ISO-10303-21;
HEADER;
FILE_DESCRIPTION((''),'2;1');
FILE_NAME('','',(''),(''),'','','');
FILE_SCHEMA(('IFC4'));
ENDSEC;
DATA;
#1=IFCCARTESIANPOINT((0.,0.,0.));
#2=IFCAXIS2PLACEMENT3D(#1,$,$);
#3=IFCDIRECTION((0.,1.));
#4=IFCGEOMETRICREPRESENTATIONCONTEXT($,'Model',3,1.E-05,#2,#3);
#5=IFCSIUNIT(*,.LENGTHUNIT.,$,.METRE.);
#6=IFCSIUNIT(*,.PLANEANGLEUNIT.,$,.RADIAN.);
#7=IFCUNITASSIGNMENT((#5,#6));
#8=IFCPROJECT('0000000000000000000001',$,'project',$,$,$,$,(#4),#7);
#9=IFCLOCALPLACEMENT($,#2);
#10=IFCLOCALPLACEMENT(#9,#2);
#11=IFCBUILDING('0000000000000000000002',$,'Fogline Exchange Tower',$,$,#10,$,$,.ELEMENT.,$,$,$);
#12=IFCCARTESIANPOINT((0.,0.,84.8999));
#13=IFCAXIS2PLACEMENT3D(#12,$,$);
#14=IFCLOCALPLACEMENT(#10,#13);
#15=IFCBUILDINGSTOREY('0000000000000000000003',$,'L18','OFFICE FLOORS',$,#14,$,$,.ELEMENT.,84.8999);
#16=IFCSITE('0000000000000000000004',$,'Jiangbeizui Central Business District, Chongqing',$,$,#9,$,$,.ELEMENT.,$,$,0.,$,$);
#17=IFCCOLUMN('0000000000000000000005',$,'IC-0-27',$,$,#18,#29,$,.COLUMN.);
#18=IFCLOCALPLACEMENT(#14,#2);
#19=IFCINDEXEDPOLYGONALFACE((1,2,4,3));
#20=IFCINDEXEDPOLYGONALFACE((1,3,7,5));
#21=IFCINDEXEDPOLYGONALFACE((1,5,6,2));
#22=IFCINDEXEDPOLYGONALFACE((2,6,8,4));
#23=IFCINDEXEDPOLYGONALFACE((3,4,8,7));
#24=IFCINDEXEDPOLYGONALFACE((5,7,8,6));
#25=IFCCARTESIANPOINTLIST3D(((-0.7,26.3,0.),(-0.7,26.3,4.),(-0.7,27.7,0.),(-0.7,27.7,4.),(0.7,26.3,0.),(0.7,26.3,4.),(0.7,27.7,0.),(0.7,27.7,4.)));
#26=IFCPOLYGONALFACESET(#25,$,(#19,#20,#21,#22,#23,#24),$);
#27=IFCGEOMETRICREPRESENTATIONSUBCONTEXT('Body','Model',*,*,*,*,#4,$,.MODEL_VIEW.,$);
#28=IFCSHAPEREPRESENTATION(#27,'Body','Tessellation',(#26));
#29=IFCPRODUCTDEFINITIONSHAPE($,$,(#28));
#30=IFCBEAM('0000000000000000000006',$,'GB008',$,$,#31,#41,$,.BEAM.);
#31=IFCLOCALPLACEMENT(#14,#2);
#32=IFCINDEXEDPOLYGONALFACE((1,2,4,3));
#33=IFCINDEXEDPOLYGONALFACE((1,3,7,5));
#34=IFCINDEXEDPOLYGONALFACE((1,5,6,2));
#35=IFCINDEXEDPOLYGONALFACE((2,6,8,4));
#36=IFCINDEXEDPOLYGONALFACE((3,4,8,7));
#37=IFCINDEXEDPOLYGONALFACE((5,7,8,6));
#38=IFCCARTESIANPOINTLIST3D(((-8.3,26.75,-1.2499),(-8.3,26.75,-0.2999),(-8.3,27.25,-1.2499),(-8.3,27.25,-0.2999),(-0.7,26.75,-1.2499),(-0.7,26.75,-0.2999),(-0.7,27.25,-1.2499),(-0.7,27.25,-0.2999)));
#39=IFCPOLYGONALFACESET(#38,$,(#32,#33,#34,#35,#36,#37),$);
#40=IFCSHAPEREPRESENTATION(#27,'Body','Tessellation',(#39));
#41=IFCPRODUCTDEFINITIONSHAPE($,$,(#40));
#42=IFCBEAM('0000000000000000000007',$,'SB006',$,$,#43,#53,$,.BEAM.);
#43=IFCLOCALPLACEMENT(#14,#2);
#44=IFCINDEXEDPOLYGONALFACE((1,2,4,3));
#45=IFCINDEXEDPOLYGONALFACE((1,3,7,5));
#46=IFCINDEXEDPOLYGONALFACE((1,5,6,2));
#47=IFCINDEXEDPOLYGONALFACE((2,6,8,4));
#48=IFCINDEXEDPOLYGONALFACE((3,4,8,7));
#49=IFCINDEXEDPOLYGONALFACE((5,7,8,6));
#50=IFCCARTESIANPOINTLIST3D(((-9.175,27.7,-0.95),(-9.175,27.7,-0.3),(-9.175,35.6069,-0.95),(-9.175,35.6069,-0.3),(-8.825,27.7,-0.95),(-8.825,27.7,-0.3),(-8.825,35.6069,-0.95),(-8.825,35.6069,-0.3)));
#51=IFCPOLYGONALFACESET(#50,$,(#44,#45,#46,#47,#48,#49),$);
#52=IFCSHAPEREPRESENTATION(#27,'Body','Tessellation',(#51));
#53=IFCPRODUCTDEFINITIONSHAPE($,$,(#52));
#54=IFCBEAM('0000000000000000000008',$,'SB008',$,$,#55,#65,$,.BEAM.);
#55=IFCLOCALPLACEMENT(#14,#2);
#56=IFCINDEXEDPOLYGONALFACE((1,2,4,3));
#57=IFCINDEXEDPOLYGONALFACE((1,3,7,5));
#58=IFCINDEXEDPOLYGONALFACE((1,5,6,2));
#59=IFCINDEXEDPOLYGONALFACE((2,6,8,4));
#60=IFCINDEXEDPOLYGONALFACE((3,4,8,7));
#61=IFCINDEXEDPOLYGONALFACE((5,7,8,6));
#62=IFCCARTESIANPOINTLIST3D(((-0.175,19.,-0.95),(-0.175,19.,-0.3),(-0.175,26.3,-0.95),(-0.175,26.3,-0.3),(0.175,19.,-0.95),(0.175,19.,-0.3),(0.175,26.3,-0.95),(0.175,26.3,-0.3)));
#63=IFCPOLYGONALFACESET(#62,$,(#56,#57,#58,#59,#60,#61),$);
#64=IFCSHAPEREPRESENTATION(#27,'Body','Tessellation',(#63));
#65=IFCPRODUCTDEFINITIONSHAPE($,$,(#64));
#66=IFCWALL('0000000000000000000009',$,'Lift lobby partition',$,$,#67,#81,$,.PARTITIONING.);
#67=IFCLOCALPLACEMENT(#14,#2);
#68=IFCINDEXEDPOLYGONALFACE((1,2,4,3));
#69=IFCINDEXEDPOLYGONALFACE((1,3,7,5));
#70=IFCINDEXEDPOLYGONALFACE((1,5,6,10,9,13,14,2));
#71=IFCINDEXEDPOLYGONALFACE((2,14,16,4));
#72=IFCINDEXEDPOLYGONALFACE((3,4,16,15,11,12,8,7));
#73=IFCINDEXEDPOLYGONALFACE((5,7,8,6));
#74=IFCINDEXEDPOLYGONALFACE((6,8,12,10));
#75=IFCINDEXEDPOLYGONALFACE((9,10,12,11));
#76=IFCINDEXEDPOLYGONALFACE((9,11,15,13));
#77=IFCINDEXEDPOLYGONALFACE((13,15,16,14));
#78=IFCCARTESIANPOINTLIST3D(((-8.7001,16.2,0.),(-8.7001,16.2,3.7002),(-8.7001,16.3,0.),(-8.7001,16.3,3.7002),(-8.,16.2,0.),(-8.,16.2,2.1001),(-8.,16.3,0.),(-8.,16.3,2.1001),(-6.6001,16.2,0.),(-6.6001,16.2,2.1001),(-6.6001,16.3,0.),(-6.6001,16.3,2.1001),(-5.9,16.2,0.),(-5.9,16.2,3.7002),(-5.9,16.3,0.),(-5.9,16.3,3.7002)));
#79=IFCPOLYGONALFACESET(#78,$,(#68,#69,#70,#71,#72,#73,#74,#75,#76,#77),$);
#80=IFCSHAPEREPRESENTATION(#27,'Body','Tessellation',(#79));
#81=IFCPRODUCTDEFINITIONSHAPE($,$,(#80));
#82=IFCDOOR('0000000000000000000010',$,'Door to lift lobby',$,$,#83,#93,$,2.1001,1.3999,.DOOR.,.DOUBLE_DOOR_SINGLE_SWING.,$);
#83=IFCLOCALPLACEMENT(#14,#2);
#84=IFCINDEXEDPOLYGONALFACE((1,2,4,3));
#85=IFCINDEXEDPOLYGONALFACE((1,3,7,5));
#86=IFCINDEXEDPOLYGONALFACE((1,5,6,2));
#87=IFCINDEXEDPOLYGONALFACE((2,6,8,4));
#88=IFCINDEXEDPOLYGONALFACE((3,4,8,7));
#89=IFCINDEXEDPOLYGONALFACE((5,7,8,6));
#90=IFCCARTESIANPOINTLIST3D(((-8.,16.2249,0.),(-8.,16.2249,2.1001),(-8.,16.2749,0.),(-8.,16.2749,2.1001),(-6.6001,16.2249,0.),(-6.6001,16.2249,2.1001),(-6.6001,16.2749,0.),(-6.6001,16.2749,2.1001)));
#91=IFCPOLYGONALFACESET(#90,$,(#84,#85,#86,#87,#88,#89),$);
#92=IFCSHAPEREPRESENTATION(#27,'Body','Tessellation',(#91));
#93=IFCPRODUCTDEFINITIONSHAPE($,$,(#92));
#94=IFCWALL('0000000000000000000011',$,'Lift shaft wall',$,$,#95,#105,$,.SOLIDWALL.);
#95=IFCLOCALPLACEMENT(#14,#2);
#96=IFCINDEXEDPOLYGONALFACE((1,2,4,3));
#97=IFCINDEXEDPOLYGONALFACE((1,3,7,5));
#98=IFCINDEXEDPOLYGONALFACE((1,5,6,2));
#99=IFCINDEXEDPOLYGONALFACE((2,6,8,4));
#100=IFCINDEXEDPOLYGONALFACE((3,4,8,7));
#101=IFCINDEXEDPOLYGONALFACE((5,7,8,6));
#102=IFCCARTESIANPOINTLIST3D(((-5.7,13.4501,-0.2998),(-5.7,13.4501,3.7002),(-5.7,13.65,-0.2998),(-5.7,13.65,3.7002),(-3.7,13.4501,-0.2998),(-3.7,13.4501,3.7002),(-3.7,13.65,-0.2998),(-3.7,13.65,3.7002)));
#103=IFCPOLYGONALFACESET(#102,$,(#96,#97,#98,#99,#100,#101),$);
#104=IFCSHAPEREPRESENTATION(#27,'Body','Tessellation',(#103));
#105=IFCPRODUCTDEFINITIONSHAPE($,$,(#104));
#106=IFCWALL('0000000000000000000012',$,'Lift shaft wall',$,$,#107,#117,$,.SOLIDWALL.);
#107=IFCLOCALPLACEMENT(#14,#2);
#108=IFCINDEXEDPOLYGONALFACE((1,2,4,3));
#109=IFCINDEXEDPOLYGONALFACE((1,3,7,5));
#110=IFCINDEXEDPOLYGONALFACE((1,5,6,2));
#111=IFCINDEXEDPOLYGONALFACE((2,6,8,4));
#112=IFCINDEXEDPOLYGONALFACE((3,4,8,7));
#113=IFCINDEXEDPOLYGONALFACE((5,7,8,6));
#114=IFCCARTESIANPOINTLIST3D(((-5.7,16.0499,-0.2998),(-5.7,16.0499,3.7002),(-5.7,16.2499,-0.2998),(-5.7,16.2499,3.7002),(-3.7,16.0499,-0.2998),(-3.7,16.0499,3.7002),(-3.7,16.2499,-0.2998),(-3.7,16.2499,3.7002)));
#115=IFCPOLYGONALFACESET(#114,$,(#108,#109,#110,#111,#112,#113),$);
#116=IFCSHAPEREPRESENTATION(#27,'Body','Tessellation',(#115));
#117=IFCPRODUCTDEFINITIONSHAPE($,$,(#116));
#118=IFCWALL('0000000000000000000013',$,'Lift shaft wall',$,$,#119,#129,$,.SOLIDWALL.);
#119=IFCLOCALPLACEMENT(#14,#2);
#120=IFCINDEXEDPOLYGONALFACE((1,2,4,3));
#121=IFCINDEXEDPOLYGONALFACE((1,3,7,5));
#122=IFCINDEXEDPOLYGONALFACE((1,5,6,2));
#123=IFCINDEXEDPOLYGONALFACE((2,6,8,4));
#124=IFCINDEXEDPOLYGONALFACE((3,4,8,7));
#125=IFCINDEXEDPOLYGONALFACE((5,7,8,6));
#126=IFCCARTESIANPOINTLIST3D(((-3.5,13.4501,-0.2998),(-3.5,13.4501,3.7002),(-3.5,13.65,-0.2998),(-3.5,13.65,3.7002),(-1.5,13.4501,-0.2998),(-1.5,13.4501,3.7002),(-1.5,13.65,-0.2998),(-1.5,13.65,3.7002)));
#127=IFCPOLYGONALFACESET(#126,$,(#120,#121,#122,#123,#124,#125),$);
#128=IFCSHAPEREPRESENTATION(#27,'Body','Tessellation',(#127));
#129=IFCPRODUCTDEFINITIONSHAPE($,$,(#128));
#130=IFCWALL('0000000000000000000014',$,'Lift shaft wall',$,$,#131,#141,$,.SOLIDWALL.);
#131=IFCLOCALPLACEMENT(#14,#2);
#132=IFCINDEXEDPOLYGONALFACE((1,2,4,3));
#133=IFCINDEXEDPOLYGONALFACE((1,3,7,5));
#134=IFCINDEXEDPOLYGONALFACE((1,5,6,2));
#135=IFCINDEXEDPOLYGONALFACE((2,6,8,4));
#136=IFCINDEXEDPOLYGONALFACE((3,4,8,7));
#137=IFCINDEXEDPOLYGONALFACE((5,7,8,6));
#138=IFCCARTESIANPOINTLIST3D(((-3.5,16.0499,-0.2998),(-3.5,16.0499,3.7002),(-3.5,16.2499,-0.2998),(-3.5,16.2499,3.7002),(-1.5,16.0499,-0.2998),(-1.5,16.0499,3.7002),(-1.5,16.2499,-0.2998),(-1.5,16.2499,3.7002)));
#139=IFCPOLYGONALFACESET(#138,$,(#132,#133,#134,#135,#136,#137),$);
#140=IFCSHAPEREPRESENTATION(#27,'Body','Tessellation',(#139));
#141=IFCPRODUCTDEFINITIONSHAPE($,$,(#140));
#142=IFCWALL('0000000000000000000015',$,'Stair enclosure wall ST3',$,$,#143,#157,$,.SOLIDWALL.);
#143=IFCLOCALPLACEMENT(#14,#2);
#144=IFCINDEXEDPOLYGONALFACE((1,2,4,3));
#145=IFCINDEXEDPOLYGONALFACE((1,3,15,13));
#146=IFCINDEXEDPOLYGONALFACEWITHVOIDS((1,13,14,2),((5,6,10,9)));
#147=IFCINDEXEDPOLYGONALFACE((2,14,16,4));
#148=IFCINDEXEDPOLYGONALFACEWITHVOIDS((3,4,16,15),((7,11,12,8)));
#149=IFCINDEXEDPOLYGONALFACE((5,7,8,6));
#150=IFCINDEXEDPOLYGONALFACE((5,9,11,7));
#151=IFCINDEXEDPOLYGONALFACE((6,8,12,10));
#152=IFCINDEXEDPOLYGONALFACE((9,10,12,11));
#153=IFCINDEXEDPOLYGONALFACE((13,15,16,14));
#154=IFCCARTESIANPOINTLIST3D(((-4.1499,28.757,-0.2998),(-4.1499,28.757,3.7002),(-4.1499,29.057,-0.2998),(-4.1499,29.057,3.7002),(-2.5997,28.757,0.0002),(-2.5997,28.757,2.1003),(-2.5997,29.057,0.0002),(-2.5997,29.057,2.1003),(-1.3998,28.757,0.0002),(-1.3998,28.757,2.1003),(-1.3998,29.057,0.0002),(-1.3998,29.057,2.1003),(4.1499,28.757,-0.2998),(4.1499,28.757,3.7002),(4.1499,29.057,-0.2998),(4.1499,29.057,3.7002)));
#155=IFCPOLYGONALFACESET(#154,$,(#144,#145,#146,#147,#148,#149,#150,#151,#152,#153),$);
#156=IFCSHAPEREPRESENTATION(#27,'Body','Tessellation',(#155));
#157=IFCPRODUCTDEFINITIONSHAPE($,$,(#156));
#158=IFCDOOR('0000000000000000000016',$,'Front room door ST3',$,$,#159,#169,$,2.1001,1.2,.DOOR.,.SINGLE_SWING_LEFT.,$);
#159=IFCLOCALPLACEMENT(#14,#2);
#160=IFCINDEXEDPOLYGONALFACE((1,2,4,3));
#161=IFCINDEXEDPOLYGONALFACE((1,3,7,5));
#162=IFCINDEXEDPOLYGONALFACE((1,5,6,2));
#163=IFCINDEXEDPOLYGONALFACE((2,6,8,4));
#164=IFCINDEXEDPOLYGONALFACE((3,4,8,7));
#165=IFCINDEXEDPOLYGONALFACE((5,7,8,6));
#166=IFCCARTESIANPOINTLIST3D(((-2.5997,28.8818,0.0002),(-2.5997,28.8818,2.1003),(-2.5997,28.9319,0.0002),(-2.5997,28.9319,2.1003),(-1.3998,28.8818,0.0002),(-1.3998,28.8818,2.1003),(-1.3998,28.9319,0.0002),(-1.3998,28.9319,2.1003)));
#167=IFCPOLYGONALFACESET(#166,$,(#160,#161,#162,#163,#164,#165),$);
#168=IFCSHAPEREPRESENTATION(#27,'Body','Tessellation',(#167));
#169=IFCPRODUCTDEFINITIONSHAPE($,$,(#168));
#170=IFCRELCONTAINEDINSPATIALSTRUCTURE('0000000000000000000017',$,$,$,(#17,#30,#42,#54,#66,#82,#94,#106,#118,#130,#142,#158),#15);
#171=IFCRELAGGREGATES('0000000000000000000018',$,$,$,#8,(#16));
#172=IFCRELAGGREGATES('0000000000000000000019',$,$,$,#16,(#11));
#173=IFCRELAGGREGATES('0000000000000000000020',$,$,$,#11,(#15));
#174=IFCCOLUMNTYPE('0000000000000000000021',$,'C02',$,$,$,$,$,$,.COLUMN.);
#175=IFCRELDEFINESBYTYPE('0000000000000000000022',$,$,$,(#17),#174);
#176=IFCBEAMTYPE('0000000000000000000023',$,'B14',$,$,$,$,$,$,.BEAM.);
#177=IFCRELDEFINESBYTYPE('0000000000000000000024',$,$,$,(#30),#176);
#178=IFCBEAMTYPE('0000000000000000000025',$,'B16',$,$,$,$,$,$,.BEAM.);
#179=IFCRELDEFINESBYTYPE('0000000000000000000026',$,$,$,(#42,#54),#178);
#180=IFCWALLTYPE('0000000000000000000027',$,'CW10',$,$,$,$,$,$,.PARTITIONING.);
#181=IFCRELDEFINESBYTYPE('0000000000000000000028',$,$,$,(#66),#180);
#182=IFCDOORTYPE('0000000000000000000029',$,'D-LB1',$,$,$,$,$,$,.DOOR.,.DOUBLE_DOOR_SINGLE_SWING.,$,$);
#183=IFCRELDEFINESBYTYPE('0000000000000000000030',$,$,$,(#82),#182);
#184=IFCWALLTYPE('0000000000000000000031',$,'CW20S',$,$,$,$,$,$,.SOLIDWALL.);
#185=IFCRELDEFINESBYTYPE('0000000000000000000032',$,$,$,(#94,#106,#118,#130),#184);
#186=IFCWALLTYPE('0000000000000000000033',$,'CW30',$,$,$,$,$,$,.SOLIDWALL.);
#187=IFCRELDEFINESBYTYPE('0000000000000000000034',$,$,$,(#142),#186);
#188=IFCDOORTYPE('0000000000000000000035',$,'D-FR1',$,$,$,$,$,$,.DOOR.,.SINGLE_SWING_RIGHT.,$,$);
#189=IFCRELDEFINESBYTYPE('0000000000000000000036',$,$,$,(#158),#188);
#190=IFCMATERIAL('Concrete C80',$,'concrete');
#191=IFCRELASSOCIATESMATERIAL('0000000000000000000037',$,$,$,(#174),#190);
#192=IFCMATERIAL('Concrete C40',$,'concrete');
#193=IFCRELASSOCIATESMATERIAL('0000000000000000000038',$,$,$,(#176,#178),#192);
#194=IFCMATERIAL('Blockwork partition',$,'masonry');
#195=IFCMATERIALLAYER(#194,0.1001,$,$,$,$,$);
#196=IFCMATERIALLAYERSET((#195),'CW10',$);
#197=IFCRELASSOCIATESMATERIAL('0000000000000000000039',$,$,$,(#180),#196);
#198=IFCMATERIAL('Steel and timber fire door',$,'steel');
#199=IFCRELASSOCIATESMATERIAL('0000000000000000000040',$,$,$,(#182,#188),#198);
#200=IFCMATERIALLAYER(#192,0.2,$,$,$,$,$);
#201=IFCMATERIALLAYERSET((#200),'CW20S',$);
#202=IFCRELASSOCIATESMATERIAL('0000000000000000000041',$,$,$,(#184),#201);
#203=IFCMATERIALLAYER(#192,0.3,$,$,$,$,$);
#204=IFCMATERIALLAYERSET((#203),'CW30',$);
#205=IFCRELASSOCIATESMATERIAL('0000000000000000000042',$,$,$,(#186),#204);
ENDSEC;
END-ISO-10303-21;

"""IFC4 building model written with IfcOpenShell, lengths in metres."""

from ifc_helpers import new_model, si_unit, direction, frame, frame_2d, origin, origin_2d, place, context, subcontext, project, spatial, rectangle, extrude, material, layer, layer_set, material_profile, profile_set, type_object, element, fill, save


model = new_model("IFC4")

# Units and contexts
model_context = context("Model", 3, precision=1e-05, world=origin(), true_north=direction((0.0, 1.0)))
body_context = subcontext(model_context, "Body", "Model", "MODEL_VIEW")
ifc_project = project(units=[si_unit("LENGTHUNIT", "METRE"), si_unit("PLANEANGLEUNIT", "RADIAN")], contexts=[model_context])

# Site, building, storey
site_placement = place(None, origin())
site = spatial("IfcSite", under=ifc_project, at=site_placement, Name="Jiangbeizui Central Business District, Chongqing", CompositionType="ELEMENT", RefElevation=0.0)
building_placement = place(site_placement, origin())
building = spatial("IfcBuilding", under=site, at=building_placement, Name="Fogline Exchange Tower", CompositionType="ELEMENT")
storey_placement = place(building_placement, frame((0.0, 0.0, 84.8999)))
storey = spatial("IfcBuildingStorey", under=building, at=storey_placement, Name="L18", Description="OFFICE FLOORS", CompositionType="ELEMENT", Elevation=84.8999)

# Column
ifc_material_1 = material(Name="Concrete C80", Category="concrete")
ifc_material_profile_1 = material_profile(ifc_material_1, rectangle(XDim=1.3999, YDim=1.3999, at=origin_2d()), Name="RC 1400x1400")
ifc_profile_set_1 = profile_set([ifc_material_profile_1], Name="Concrete C80")
column_type = type_object("IfcColumnType", Name="C02", PredefinedType="COLUMN", material=ifc_profile_set_1)
column_placement = place(storey_placement, frame((0.0, 27.0, 0.0), z_axis=(0.0, 0.0, 1.0), x_axis=(1.0, 0.0, 0.0)))
element("IfcColumn", 1, at=column_placement, inside=storey, type_object=column_type, Name="IC-0-27", PredefinedType="COLUMN", context=body_context, shape_type="SweptSolid", body=[
    extrude(rectangle(XDim=1.3999, YDim=1.3999, at=origin_2d()), origin(), (0.0, 0.0, 1.0), 4.0),
])

# Beams
ifc_material_2 = material(Name="Concrete C40", Category="concrete")
ifc_material_profile_2 = material_profile(ifc_material_2, rectangle(XDim=0.5, YDim=0.95, at=origin_2d()), Name="RC 500x950")
ifc_profile_set_2 = profile_set([ifc_material_profile_2], Name="Concrete C40")
beam_type_1 = type_object("IfcBeamType", Name="B14", PredefinedType="BEAM", material=ifc_profile_set_2)
beam_1_placement = place(storey_placement, frame((-8.3, 27.0, -0.7749), z_axis=(1.0, 0.0, 0.0), x_axis=(0.0, 1.0, 0.0)))
element("IfcBeam", 2, at=beam_1_placement, inside=storey, type_object=beam_type_1, Name="GB008", PredefinedType="BEAM", context=body_context, shape_type="SweptSolid", body=[
    extrude(rectangle(XDim=0.5, YDim=0.95, at=origin_2d()), origin(), (0.0, 0.0, 1.0), 7.6001),
])
ifc_material_profile_3 = material_profile(ifc_material_2, rectangle(XDim=0.3501, YDim=0.6499, at=origin_2d()), Name="RC 350x650")
ifc_profile_set_3 = profile_set([ifc_material_profile_3], Name="Concrete C40")
beam_type_2 = type_object("IfcBeamType", Name="B16", PredefinedType="BEAM", material=ifc_profile_set_3)
beam_2_placement = place(storey_placement, frame((-9.0, 27.7, -0.625), z_axis=(0.0, 1.0, 0.0), x_axis=(-1.0, 0.0, 0.0)))
element("IfcBeam", 3, at=beam_2_placement, inside=storey, type_object=beam_type_2, Name="SB006", PredefinedType="BEAM", context=body_context, shape_type="SweptSolid", body=[
    extrude(rectangle(XDim=0.3501, YDim=0.6499, at=origin_2d()), origin(), (0.0, 0.0, 1.0), 7.907),
])
beam_3_placement = place(storey_placement, frame((0.0, 19.0, -0.625), z_axis=(0.0, 1.0, 0.0), x_axis=(-1.0, 0.0, 0.0)))
element("IfcBeam", 4, at=beam_3_placement, inside=storey, type_object=beam_type_2, Name="SB008", PredefinedType="BEAM", context=body_context, shape_type="SweptSolid", body=[
    extrude(rectangle(XDim=0.3501, YDim=0.6499, at=origin_2d()), origin(), (0.0, 0.0, 1.0), 7.3),
])

# Wall, opening, door
ifc_material_3 = material(Name="Blockwork partition", Category="masonry")
ifc_layer_1 = layer(ifc_material_3, 0.1001)
ifc_layer_set_1 = layer_set([ifc_layer_1], Name="CW10")
wall_type_1 = type_object("IfcWallType", Name="CW10", PredefinedType="PARTITIONING", material=ifc_layer_set_1)
wall_1_placement = place(storey_placement, frame((-8.7, 16.25, 0.0), z_axis=(0.0, 0.0, 1.0), x_axis=(1.0, 0.0, 0.0)))
wall_1 = element("IfcWall", 5, at=wall_1_placement, inside=storey, type_object=wall_type_1, Name="Lift lobby partition", PredefinedType="PARTITIONING", context=body_context, shape_type="SweptSolid", body=[
    extrude(rectangle(XDim=2.8, YDim=0.1001, at=frame_2d((1.3999, 0.0))), origin(), (0.0, 0.0, 1.0), 3.7002),
])
opening_1_placement = place(wall_1_placement, frame((0.7, 0.0, 0.0)))
opening_1 = element("IfcOpeningElement", 6, at=opening_1_placement, cuts=wall_1, PredefinedType="OPENING", context=body_context, shape_type="SweptSolid", body=[
    extrude(rectangle(XDim=1.3999, YDim=2.1001, at=frame_2d((0.7, 1.05))), frame((0.0, 0.0601, 0.0), z_axis=(0.0, -1.0, 0.0), x_axis=(1.0, 0.0, 0.0)), (0.0, 0.0, 1.0), 0.1201),
])
ifc_material_4 = material(Name="Steel and timber fire door", Category="steel")
door_type_1 = type_object("IfcDoorType", Name="D-LB1", OperationType="DOUBLE_DOOR_SINGLE_SWING", PredefinedType="DOOR", material=ifc_material_4)
door_1_placement = place(opening_1_placement, origin())
door_1 = element("IfcDoor", 7, at=door_1_placement, inside=storey, type_object=door_type_1, Name="Door to lift lobby", OperationType="DOUBLE_DOOR_SINGLE_SWING", OverallHeight=2.1001, OverallWidth=1.3999, PredefinedType="DOOR", context=body_context, shape_type="SweptSolid", body=[
    extrude(rectangle(XDim=1.3999, YDim=2.1001, at=frame_2d((0.7, 1.05))), frame((0.0, 0.0249, 0.0), z_axis=(0.0, -1.0, 0.0), x_axis=(1.0, 0.0, 0.0)), (0.0, 0.0, 1.0), 0.05),
])
fill(opening_1, door_1)

# Walls
ifc_layer_2 = layer(ifc_material_2, 0.2)
ifc_layer_set_2 = layer_set([ifc_layer_2], Name="CW20S")
wall_type_2 = type_object("IfcWallType", Name="CW20S", PredefinedType="SOLIDWALL", material=ifc_layer_set_2)
for number, where, z_axis, x_axis, name in (
    (8, (-5.7, 13.55, -0.2998), (0.0, 0.0, 1.0), (1.0, 0.0, 0.0), "Lift shaft wall"),
    (9, (-5.7, 16.1499, -0.2998), (0.0, 0.0, 1.0), (1.0, 0.0, 0.0), "Lift shaft wall"),
    (10, (-3.5, 13.55, -0.2998), (0.0, 0.0, 1.0), (1.0, 0.0, 0.0), "Lift shaft wall"),
    (11, (-3.5, 16.1499, -0.2998), (0.0, 0.0, 1.0), (1.0, 0.0, 0.0), "Lift shaft wall"),
):
    element("IfcWall", number, at=place(storey_placement, frame(where, z_axis=z_axis, x_axis=x_axis)), inside=storey, type_object=wall_type_2, Name=name, PredefinedType="SOLIDWALL", context=body_context, shape_type="SweptSolid", body=[
        extrude(rectangle(XDim=2.0, YDim=0.2, at=frame_2d((1.0, 0.0))), origin(), (0.0, 0.0, 1.0), 4.0),
    ])

# Wall, opening, door
ifc_layer_3 = layer(ifc_material_2, 0.3)
ifc_layer_set_3 = layer_set([ifc_layer_3], Name="CW30")
wall_type_3 = type_object("IfcWallType", Name="CW30", PredefinedType="SOLIDWALL", material=ifc_layer_set_3)
wall_2_placement = place(storey_placement, frame((-4.1499, 28.907, -0.2998), z_axis=(0.0, 0.0, 1.0), x_axis=(1.0, 0.0, 0.0)))
wall_2 = element("IfcWall", 12, at=wall_2_placement, inside=storey, type_object=wall_type_3, Name="Stair enclosure wall ST3", PredefinedType="SOLIDWALL", context=body_context, shape_type="SweptSolid", body=[
    extrude(rectangle(XDim=8.2998, YDim=0.3, at=frame_2d((4.1499, 0.0))), origin(), (0.0, 0.0, 1.0), 4.0),
])
opening_2_placement = place(wall_2_placement, frame((1.55, 0.0, 0.3)))
opening_2 = element("IfcOpeningElement", 13, at=opening_2_placement, cuts=wall_2, PredefinedType="OPENING", context=body_context, shape_type="SweptSolid", body=[
    extrude(rectangle(XDim=1.2, YDim=2.1001, at=frame_2d((0.6001, 1.05))), frame((0.0, 0.1602, 0.0), z_axis=(0.0, -1.0, 0.0), x_axis=(1.0, 0.0, 0.0)), (0.0, 0.0, 1.0), 0.3201),
])
door_type_2 = type_object("IfcDoorType", Name="D-FR1", OperationType="SINGLE_SWING_RIGHT", PredefinedType="DOOR", material=ifc_material_4)
door_2_placement = place(opening_2_placement, origin())
door_2 = element("IfcDoor", 14, at=door_2_placement, inside=storey, type_object=door_type_2, Name="Front room door ST3", OperationType="SINGLE_SWING_LEFT", OverallHeight=2.1001, OverallWidth=1.2, PredefinedType="DOOR", context=body_context, shape_type="SweptSolid", body=[
    extrude(rectangle(XDim=1.2, YDim=2.1001, at=frame_2d((0.6001, 1.05))), frame((0.0, 0.0249, 0.0), z_axis=(0.0, -1.0, 0.0), x_axis=(1.0, 0.0, 0.0)), (0.0, 0.0, 1.0), 0.05),
])
fill(opening_2, door_2)

save(model, "model.ifc")
